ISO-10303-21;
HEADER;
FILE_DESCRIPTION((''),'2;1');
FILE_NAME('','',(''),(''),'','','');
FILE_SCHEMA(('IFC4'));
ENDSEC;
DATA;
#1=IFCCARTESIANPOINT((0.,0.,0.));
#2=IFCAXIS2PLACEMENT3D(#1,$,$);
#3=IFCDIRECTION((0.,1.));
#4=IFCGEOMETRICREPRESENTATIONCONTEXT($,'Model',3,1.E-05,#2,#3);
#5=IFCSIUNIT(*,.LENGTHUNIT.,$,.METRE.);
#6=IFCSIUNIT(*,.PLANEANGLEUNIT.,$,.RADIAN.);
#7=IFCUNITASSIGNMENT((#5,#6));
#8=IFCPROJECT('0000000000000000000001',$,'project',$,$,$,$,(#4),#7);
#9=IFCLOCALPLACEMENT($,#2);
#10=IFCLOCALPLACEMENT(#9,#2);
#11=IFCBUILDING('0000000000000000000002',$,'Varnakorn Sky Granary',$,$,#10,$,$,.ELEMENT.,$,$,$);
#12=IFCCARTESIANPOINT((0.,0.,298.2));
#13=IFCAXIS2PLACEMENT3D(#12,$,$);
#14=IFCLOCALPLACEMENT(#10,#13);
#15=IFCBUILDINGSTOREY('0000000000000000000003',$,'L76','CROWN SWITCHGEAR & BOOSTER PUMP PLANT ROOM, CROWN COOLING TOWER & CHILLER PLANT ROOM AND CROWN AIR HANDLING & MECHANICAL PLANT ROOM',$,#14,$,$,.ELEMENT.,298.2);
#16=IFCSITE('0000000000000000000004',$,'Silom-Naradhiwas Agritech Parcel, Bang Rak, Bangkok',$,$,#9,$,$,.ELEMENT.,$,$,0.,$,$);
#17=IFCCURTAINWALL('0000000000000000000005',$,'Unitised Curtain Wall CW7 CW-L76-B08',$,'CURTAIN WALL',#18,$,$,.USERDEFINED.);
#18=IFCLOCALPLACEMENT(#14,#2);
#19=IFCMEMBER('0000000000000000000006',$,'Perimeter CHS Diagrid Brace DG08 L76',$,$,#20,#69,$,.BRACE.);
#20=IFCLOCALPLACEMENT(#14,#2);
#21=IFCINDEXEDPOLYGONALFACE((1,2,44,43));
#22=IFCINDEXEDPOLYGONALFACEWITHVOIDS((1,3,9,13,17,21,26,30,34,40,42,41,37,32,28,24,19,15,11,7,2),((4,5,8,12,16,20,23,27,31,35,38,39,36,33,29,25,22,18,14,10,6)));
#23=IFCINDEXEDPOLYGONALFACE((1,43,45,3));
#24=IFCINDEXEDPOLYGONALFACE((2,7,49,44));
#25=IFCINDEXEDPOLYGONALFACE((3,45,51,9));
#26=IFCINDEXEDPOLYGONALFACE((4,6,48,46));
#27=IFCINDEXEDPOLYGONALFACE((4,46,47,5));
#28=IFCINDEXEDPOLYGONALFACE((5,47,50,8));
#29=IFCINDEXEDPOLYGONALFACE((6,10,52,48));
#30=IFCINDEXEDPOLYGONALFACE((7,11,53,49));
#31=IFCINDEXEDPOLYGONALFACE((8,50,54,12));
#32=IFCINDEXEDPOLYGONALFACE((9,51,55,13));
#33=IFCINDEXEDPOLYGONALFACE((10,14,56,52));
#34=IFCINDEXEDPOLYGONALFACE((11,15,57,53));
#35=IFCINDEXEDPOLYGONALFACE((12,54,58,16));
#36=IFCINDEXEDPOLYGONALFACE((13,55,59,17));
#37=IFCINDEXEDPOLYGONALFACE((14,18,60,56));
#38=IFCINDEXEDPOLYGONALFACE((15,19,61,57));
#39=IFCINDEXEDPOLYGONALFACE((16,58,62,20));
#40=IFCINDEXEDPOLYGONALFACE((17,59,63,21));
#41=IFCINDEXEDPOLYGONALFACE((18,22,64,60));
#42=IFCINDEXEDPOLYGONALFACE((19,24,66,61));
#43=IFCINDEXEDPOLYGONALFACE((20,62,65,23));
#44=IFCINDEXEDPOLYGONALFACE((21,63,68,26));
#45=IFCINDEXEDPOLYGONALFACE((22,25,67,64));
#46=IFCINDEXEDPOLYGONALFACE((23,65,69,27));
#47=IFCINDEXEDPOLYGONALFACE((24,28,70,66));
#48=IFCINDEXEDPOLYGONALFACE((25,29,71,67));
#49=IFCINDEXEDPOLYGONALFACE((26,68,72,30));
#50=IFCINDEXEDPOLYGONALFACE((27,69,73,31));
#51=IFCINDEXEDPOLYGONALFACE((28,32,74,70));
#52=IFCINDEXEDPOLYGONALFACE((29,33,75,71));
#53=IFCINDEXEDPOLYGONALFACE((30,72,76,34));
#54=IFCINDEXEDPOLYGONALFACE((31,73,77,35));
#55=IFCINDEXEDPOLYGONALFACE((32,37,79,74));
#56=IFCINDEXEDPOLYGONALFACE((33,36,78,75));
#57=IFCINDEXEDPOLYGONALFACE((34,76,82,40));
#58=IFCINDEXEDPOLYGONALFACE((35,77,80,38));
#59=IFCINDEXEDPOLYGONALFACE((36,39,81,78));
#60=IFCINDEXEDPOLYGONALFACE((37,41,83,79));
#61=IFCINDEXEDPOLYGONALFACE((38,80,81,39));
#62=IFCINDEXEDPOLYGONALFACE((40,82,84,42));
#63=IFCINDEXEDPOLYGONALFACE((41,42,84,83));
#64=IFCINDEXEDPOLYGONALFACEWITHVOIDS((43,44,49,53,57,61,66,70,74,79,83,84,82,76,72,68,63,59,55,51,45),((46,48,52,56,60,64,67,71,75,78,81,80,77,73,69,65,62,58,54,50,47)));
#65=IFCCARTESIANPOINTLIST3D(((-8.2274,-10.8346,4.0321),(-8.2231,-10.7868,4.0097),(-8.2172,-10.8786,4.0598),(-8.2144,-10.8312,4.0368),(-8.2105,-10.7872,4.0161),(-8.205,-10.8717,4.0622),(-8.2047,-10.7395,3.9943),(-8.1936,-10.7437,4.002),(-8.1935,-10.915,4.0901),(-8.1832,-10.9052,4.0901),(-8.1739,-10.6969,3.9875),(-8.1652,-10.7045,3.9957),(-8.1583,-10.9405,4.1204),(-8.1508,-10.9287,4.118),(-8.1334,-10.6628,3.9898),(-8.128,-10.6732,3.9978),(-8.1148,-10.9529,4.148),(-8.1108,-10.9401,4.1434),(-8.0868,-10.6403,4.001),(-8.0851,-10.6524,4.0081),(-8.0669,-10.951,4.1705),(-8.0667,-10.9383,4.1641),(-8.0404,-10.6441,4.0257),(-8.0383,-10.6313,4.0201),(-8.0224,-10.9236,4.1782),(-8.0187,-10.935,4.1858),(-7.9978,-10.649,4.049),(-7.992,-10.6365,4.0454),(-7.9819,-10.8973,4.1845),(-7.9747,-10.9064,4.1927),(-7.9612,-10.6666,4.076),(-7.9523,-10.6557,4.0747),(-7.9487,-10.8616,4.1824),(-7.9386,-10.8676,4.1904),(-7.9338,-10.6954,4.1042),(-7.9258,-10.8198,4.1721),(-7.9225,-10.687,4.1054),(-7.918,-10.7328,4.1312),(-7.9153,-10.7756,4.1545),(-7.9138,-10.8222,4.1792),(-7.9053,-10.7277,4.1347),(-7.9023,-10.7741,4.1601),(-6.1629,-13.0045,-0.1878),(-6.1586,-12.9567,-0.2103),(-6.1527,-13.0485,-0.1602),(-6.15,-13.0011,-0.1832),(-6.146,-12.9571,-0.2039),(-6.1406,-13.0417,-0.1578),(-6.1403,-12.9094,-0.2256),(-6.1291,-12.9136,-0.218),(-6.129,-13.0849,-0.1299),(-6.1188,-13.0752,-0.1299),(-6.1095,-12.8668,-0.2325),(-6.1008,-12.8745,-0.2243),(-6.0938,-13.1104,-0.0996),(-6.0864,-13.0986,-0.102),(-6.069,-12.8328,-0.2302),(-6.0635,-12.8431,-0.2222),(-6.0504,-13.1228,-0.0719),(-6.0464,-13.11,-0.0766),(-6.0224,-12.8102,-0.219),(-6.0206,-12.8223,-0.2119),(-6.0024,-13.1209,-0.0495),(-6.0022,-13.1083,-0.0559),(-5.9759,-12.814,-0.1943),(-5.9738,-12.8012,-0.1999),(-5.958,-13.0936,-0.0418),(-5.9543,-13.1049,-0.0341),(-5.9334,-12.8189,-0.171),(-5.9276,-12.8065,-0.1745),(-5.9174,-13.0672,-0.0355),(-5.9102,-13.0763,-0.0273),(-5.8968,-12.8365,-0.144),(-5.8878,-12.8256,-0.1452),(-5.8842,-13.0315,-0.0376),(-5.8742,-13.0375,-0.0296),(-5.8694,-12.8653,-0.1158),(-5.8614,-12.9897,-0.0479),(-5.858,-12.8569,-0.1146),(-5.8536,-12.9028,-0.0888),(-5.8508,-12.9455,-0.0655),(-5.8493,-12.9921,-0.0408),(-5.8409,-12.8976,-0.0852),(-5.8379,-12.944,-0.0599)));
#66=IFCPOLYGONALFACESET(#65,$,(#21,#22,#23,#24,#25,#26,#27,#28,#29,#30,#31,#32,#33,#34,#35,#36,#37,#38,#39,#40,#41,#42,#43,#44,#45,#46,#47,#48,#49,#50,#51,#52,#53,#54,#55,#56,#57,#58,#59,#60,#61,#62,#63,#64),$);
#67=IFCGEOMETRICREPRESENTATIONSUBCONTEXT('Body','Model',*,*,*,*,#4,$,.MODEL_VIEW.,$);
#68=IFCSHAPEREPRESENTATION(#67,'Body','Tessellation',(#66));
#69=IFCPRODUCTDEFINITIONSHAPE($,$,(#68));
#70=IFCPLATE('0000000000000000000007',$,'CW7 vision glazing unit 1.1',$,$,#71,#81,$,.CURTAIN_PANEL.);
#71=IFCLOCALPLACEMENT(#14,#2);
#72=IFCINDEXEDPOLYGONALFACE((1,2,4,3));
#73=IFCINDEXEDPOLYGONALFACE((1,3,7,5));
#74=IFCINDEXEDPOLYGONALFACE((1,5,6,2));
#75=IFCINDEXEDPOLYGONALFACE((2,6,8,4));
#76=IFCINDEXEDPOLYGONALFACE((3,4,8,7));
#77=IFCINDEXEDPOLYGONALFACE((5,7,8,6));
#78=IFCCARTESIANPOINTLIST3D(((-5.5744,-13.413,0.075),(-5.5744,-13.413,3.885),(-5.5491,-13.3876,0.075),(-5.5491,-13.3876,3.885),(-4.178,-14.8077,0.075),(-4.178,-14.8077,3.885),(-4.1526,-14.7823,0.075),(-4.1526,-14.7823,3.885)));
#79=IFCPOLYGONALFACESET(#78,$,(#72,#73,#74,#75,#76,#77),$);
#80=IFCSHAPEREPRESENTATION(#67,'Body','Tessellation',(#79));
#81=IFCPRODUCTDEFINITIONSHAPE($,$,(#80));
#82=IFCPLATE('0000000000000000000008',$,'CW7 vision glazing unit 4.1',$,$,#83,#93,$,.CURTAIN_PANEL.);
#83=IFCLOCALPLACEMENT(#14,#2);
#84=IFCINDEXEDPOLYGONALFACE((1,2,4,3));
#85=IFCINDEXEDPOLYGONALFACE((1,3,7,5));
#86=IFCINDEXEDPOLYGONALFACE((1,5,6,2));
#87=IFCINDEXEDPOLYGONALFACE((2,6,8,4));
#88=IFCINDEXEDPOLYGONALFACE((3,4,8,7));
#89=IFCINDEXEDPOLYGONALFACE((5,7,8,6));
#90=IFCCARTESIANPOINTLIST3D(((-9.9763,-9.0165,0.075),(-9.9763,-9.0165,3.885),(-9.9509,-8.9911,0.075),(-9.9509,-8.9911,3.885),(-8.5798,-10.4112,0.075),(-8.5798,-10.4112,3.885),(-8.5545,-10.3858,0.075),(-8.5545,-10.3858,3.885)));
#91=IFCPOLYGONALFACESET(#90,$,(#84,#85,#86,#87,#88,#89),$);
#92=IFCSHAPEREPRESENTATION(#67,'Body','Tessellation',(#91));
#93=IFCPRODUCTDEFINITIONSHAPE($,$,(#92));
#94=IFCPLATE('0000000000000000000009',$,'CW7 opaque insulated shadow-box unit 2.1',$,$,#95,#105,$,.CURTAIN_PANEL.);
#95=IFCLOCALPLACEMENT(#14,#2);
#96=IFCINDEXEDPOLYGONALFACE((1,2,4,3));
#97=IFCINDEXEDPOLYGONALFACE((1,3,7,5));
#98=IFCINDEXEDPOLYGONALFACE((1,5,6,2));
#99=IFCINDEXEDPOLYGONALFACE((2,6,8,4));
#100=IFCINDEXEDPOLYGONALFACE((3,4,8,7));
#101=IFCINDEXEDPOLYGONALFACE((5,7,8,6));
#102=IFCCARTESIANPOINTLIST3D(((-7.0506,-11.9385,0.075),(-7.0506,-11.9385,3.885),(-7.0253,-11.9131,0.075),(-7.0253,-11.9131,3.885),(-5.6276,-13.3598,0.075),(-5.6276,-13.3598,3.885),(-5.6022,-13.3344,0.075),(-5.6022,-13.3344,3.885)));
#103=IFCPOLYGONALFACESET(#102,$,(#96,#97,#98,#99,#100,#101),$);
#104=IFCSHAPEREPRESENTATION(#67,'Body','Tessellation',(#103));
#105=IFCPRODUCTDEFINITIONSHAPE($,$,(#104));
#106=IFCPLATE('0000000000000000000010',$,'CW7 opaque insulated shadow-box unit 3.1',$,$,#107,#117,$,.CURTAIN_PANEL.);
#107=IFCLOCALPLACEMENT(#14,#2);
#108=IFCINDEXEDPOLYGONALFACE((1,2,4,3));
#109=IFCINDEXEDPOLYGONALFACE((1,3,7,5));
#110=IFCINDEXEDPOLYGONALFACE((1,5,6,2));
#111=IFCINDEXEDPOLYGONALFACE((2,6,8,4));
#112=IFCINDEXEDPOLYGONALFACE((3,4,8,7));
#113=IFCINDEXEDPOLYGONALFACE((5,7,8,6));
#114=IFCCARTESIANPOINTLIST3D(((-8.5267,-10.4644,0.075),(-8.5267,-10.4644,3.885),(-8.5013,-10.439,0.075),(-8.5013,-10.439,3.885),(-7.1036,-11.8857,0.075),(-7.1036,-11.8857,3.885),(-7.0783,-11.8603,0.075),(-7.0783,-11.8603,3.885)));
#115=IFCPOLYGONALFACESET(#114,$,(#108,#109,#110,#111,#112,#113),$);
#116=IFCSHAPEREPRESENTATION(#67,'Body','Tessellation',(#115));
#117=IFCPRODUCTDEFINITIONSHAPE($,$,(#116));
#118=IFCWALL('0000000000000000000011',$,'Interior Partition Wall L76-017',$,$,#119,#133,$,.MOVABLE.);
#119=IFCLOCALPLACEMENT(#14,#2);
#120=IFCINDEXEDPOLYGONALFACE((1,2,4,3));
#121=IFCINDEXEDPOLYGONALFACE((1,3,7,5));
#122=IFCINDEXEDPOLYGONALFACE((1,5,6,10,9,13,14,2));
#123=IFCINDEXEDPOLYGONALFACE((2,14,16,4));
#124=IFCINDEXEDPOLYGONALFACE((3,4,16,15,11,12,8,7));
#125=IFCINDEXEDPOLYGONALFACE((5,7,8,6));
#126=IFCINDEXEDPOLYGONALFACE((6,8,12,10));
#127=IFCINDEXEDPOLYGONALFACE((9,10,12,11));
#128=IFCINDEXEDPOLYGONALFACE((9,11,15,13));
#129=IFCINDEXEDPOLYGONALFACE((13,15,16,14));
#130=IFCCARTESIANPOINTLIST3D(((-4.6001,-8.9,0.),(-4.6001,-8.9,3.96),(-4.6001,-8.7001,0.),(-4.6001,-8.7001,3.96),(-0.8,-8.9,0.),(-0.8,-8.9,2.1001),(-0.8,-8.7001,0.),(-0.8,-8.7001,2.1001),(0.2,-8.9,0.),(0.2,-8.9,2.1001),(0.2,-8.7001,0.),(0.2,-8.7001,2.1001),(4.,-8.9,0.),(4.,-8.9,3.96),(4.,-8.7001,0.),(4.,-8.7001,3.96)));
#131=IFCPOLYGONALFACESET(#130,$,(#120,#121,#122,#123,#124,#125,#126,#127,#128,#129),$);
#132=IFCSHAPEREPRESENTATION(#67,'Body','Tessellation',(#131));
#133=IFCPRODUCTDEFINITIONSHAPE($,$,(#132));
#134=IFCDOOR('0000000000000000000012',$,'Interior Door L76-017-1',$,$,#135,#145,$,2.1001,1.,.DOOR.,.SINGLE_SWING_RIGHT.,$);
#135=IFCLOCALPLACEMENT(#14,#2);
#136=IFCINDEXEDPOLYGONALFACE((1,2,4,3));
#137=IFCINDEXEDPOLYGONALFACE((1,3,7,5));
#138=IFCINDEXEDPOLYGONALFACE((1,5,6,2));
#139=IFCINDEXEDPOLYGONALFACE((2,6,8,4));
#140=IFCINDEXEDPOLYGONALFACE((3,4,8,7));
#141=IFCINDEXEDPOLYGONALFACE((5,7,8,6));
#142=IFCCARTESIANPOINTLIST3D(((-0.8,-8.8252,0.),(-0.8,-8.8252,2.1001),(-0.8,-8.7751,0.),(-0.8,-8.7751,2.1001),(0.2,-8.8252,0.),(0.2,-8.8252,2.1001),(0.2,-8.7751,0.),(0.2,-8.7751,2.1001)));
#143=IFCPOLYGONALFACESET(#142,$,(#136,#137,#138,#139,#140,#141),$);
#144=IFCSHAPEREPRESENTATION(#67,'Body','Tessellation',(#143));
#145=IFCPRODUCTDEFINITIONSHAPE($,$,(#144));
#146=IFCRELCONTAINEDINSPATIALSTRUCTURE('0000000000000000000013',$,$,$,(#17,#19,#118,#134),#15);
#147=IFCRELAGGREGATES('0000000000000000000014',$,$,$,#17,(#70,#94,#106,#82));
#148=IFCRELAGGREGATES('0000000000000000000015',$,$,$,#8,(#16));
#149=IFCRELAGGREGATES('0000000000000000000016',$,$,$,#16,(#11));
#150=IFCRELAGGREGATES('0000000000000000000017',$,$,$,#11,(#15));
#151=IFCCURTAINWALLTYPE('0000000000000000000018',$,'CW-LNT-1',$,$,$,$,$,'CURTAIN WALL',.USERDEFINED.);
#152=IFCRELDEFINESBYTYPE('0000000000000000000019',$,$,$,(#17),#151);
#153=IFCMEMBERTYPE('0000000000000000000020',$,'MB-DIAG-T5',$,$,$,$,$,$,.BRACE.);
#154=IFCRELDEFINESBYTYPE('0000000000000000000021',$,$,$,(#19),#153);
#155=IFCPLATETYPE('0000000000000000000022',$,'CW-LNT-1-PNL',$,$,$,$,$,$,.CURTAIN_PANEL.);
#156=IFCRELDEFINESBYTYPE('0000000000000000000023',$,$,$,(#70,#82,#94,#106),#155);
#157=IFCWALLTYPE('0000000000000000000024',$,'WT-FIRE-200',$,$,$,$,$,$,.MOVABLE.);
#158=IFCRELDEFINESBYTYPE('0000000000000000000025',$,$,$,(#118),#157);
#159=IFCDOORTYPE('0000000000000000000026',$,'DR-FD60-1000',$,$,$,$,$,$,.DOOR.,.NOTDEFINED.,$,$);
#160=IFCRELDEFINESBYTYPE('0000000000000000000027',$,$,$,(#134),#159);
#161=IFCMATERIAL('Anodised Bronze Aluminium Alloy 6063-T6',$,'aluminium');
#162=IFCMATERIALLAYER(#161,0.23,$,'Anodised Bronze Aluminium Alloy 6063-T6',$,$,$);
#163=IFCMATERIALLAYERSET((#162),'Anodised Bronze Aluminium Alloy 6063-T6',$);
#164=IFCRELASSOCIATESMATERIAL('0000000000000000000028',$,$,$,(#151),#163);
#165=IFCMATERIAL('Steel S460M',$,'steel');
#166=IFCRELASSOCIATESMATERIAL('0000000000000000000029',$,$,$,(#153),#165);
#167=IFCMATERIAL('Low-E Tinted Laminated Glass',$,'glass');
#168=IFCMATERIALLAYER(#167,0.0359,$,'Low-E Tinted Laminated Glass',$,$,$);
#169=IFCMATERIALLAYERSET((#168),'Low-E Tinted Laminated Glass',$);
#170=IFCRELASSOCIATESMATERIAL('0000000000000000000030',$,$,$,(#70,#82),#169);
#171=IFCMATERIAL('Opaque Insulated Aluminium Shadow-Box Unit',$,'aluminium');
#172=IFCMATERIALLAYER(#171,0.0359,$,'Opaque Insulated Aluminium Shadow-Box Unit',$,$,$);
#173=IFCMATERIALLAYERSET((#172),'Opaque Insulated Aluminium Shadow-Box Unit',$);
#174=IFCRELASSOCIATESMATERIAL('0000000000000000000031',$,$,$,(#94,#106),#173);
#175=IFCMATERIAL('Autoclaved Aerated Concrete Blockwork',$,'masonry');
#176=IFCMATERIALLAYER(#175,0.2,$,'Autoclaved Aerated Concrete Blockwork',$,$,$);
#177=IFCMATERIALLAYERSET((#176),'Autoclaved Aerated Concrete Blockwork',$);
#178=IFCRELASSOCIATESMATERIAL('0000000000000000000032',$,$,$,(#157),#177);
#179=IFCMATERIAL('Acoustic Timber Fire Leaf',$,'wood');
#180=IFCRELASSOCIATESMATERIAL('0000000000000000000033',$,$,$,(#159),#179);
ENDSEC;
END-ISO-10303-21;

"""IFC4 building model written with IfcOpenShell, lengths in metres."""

from ifc_helpers import new_model, si_unit, direction, frame, frame_2d, origin, origin_2d, place, context, subcontext, project, spatial, rectangle, hollow_circle, extrude, source, transform, mapped, material, layer, layer_set, material_profile, profile_set, type_object, type_shapes, element, fill, aggregate, save


model = new_model("IFC4")

# Units and contexts
model_context = context("Model", 3, precision=1e-05, world=origin(), true_north=direction((0.0, 1.0)))
body_context = subcontext(model_context, "Body", "Model", "MODEL_VIEW")
ifc_project = project(units=[si_unit("LENGTHUNIT", "METRE"), si_unit("PLANEANGLEUNIT", "RADIAN")], contexts=[model_context])

# Site, building, storey
site_placement = place(None, origin())
site = spatial("IfcSite", under=ifc_project, at=site_placement, Name="Silom-Naradhiwas Agritech Parcel, Bang Rak, Bangkok", CompositionType="ELEMENT", RefElevation=0.0)
building_placement = place(site_placement, origin())
building = spatial("IfcBuilding", under=site, at=building_placement, Name="Varnakorn Sky Granary", CompositionType="ELEMENT")
storey_placement = place(building_placement, frame((0.0, 0.0, 298.2)))
storey = spatial("IfcBuildingStorey", under=building, at=storey_placement, Name="L76", Description="CROWN SWITCHGEAR & BOOSTER PUMP PLANT ROOM, CROWN COOLING TOWER & CHILLER PLANT ROOM AND CROWN AIR HANDLING & MECHANICAL PLANT ROOM", CompositionType="ELEMENT", Elevation=298.2)

# Shared definitions
ifc_material_1 = material(Name="Steel S460M", Category="steel")

# Shared definitions
ifc_material_2 = material(Name="Anodised Bronze Aluminium Alloy 6063-T6", Category="aluminium")
ifc_layer_1 = layer(ifc_material_2, 0.23, Name="Anodised Bronze Aluminium Alloy 6063-T6")
ifc_layer_set_1 = layer_set([ifc_layer_1], Name="Anodised Bronze Aluminium Alloy 6063-T6")
curtain_wall_type = type_object("IfcCurtainWallType", Name="CW-LNT-1", ElementType="CURTAIN WALL", PredefinedType="USERDEFINED", material=ifc_layer_set_1)

# Curtain wall
curtain_wall_1_placement = place(storey_placement, origin())
curtain_wall_1 = element("IfcCurtainWall", 1, at=curtain_wall_1_placement, inside=storey, type_object=curtain_wall_type, Name="Unitised Curtain Wall CW7 CW-L76-B08", ObjectType="CURTAIN WALL", PredefinedType="USERDEFINED")

# Member
ifc_material_profile_1 = material_profile(ifc_material_1, hollow_circle(Radius=0.1777, WallThickness=0.0142, at=origin_2d()), Name="CHS 355.6x14")
ifc_profile_set_1 = profile_set([ifc_material_profile_1], Name="Steel S460M")
member_type_1 = type_object("IfcMemberType", Name="MB-DIAG-T5", PredefinedType="BRACE", material=ifc_profile_set_1)
member_1_placement = place(storey_placement, frame((-6.0002, -12.9624, -0.1299), z_axis=(-0.398943, 0.419324, 0.815483), x_axis=(-0.724495, -0.689281, 0.0)))
element("IfcMember", 2, at=member_1_placement, inside=storey, type_object=member_type_1, Name="Perimeter CHS Diagrid Brace DG08 L76", PredefinedType="BRACE", context=body_context, shape_type="SweptSolid", body=[
    extrude(hollow_circle(Radius=0.1777, WallThickness=0.0142, at=origin_2d()), origin(), (0.0, 0.0, 1.0), 5.1748),
])

# Plates
ifc_material_3 = material(Name="Low-E Tinted Laminated Glass", Category="glass")
ifc_layer_2 = layer(ifc_material_3, 0.0359, Name="Low-E Tinted Laminated Glass")
ifc_layer_set_2 = layer_set([ifc_layer_2], Name="Low-E Tinted Laminated Glass")
plate_type = type_object("IfcPlateType", Name="CW-LNT-1-PNL", PredefinedType="CURTAIN_PANEL")
shared_shape_1 = source(origin(), body_context, "Body", "SweptSolid", [
    extrude(rectangle(XDim=1.9736, YDim=0.0359, at=origin_2d()), origin(), (0.0, 0.0, 1.0), 3.8101),
])
plate_1_placement = place(storey_placement, frame((-4.8635, -14.0977, 0.075), z_axis=(0.0, 0.0, 1.0), x_axis=(-0.70755, 0.706663, 0.0)))
plate_1 = element("IfcPlate", 3, at=plate_1_placement, type_object=plate_type, material=ifc_layer_set_2, Name="CW7 vision glazing unit 1.1", PredefinedType="CURTAIN_PANEL", context=body_context, shape_type="MappedRepresentation", body=[
    mapped(shared_shape_1, transform((0.0, 0.0, 0.0), x_axis=(1.0, 0.0, 0.0), y_axis=(0.0, 1.0, 0.0), z_axis=(0.0, 0.0, 1.0), scale=1.0)),
])
plate_2_placement = place(storey_placement, frame((-9.2654, -9.7012, 0.075), z_axis=(0.0, 0.0, 1.0), x_axis=(-0.70755, 0.706663, 0.0)))
plate_2 = element("IfcPlate", 4, at=plate_2_placement, type_object=plate_type, material=ifc_layer_set_2, Name="CW7 vision glazing unit 4.1", PredefinedType="CURTAIN_PANEL", context=body_context, shape_type="MappedRepresentation", body=[
    mapped(shared_shape_1, transform((0.0, 0.0, 0.0), x_axis=(1.0, 0.0, 0.0), y_axis=(0.0, 1.0, 0.0), z_axis=(0.0, 0.0, 1.0), scale=1.0)),
])
ifc_material_4 = material(Name="Opaque Insulated Aluminium Shadow-Box Unit", Category="aluminium")
ifc_layer_3 = layer(ifc_material_4, 0.0359, Name="Opaque Insulated Aluminium Shadow-Box Unit")
ifc_layer_set_3 = layer_set([ifc_layer_3], Name="Opaque Insulated Aluminium Shadow-Box Unit")
shared_shape_2 = source(origin(), body_context, "Body", "SweptSolid", [
    extrude(rectangle(XDim=2.0112, YDim=0.0359, at=origin_2d()), origin(), (0.0, 0.0, 1.0), 3.8101),
])
type_shapes(plate_type, [shared_shape_1, shared_shape_2])
plate_3_placement = place(storey_placement, frame((-6.3264, -12.6365, 0.075), z_axis=(0.0, 0.0, 1.0), x_axis=(-0.70755, 0.706663, 0.0)))
plate_3 = element("IfcPlate", 5, at=plate_3_placement, type_object=plate_type, material=ifc_layer_set_3, Name="CW7 opaque insulated shadow-box unit 2.1", PredefinedType="CURTAIN_PANEL", context=body_context, shape_type="MappedRepresentation", body=[
    mapped(shared_shape_2, transform((0.0, 0.0, 0.0), x_axis=(1.0, 0.0, 0.0), y_axis=(0.0, 1.0, 0.0), z_axis=(0.0, 0.0, 1.0), scale=1.0)),
])
plate_4_placement = place(storey_placement, frame((-7.8025, -11.1624, 0.075), z_axis=(0.0, 0.0, 1.0), x_axis=(-0.70755, 0.706663, 0.0)))
plate_4 = element("IfcPlate", 6, at=plate_4_placement, type_object=plate_type, material=ifc_layer_set_3, Name="CW7 opaque insulated shadow-box unit 3.1", PredefinedType="CURTAIN_PANEL", context=body_context, shape_type="MappedRepresentation", body=[
    mapped(shared_shape_2, transform((0.0, 0.0, 0.0), x_axis=(1.0, 0.0, 0.0), y_axis=(0.0, 1.0, 0.0), z_axis=(0.0, 0.0, 1.0), scale=1.0)),
])
aggregate(curtain_wall_1, [plate_1, plate_3, plate_4, plate_2])

# Wall, opening, door
ifc_material_5 = material(Name="Autoclaved Aerated Concrete Blockwork", Category="masonry")
ifc_layer_4 = layer(ifc_material_5, 0.2, Name="Autoclaved Aerated Concrete Blockwork")
ifc_layer_set_4 = layer_set([ifc_layer_4], Name="Autoclaved Aerated Concrete Blockwork")
wall_type = type_object("IfcWallType", Name="WT-FIRE-200", PredefinedType="MOVABLE", material=ifc_layer_set_4)
wall_placement = place(storey_placement, frame((-4.6001, -8.8, 0.0), z_axis=(0.0, 0.0, 1.0), x_axis=(1.0, 0.0, 0.0)))
wall = element("IfcWall", 7, at=wall_placement, inside=storey, type_object=wall_type, Name="Interior Partition Wall L76-017", PredefinedType="MOVABLE", context=body_context, shape_type="SweptSolid", body=[
    extrude(rectangle(XDim=8.6001, YDim=0.2, at=frame_2d((4.3, 0.0))), origin(), (0.0, 0.0, 1.0), 3.96),
])
opening_placement = place(wall_placement, frame((3.8, 0.0, 0.0)))
opening = element("IfcOpeningElement", 8, at=opening_placement, cuts=wall, PredefinedType="OPENING", context=body_context, shape_type="SweptSolid", body=[
    extrude(rectangle(XDim=1.0, YDim=2.1001, at=frame_2d((0.5, 1.05))), frame((0.0, 0.1099, 0.0), z_axis=(0.0, -1.0, 0.0), x_axis=(1.0, 0.0, 0.0)), (0.0, 0.0, 1.0), 0.22),
])
ifc_material_6 = material(Name="Acoustic Timber Fire Leaf", Category="wood")
door_type = type_object("IfcDoorType", Name="DR-FD60-1000", OperationType="NOTDEFINED", PredefinedType="DOOR", material=ifc_material_6)
door_placement = place(opening_placement, origin())
door = element("IfcDoor", 9, at=door_placement, inside=storey, type_object=door_type, Name="Interior Door L76-017-1", OperationType="SINGLE_SWING_RIGHT", OverallHeight=2.1001, OverallWidth=1.0, PredefinedType="DOOR", context=body_context, shape_type="SweptSolid", body=[
    extrude(rectangle(XDim=1.0, YDim=2.1001, at=frame_2d((0.5, 1.05))), frame((0.0, 0.0249, 0.0), z_axis=(0.0, -1.0, 0.0), x_axis=(1.0, 0.0, 0.0)), (0.0, 0.0, 1.0), 0.05),
])
fill(opening, door)

save(model, "model.ifc")
